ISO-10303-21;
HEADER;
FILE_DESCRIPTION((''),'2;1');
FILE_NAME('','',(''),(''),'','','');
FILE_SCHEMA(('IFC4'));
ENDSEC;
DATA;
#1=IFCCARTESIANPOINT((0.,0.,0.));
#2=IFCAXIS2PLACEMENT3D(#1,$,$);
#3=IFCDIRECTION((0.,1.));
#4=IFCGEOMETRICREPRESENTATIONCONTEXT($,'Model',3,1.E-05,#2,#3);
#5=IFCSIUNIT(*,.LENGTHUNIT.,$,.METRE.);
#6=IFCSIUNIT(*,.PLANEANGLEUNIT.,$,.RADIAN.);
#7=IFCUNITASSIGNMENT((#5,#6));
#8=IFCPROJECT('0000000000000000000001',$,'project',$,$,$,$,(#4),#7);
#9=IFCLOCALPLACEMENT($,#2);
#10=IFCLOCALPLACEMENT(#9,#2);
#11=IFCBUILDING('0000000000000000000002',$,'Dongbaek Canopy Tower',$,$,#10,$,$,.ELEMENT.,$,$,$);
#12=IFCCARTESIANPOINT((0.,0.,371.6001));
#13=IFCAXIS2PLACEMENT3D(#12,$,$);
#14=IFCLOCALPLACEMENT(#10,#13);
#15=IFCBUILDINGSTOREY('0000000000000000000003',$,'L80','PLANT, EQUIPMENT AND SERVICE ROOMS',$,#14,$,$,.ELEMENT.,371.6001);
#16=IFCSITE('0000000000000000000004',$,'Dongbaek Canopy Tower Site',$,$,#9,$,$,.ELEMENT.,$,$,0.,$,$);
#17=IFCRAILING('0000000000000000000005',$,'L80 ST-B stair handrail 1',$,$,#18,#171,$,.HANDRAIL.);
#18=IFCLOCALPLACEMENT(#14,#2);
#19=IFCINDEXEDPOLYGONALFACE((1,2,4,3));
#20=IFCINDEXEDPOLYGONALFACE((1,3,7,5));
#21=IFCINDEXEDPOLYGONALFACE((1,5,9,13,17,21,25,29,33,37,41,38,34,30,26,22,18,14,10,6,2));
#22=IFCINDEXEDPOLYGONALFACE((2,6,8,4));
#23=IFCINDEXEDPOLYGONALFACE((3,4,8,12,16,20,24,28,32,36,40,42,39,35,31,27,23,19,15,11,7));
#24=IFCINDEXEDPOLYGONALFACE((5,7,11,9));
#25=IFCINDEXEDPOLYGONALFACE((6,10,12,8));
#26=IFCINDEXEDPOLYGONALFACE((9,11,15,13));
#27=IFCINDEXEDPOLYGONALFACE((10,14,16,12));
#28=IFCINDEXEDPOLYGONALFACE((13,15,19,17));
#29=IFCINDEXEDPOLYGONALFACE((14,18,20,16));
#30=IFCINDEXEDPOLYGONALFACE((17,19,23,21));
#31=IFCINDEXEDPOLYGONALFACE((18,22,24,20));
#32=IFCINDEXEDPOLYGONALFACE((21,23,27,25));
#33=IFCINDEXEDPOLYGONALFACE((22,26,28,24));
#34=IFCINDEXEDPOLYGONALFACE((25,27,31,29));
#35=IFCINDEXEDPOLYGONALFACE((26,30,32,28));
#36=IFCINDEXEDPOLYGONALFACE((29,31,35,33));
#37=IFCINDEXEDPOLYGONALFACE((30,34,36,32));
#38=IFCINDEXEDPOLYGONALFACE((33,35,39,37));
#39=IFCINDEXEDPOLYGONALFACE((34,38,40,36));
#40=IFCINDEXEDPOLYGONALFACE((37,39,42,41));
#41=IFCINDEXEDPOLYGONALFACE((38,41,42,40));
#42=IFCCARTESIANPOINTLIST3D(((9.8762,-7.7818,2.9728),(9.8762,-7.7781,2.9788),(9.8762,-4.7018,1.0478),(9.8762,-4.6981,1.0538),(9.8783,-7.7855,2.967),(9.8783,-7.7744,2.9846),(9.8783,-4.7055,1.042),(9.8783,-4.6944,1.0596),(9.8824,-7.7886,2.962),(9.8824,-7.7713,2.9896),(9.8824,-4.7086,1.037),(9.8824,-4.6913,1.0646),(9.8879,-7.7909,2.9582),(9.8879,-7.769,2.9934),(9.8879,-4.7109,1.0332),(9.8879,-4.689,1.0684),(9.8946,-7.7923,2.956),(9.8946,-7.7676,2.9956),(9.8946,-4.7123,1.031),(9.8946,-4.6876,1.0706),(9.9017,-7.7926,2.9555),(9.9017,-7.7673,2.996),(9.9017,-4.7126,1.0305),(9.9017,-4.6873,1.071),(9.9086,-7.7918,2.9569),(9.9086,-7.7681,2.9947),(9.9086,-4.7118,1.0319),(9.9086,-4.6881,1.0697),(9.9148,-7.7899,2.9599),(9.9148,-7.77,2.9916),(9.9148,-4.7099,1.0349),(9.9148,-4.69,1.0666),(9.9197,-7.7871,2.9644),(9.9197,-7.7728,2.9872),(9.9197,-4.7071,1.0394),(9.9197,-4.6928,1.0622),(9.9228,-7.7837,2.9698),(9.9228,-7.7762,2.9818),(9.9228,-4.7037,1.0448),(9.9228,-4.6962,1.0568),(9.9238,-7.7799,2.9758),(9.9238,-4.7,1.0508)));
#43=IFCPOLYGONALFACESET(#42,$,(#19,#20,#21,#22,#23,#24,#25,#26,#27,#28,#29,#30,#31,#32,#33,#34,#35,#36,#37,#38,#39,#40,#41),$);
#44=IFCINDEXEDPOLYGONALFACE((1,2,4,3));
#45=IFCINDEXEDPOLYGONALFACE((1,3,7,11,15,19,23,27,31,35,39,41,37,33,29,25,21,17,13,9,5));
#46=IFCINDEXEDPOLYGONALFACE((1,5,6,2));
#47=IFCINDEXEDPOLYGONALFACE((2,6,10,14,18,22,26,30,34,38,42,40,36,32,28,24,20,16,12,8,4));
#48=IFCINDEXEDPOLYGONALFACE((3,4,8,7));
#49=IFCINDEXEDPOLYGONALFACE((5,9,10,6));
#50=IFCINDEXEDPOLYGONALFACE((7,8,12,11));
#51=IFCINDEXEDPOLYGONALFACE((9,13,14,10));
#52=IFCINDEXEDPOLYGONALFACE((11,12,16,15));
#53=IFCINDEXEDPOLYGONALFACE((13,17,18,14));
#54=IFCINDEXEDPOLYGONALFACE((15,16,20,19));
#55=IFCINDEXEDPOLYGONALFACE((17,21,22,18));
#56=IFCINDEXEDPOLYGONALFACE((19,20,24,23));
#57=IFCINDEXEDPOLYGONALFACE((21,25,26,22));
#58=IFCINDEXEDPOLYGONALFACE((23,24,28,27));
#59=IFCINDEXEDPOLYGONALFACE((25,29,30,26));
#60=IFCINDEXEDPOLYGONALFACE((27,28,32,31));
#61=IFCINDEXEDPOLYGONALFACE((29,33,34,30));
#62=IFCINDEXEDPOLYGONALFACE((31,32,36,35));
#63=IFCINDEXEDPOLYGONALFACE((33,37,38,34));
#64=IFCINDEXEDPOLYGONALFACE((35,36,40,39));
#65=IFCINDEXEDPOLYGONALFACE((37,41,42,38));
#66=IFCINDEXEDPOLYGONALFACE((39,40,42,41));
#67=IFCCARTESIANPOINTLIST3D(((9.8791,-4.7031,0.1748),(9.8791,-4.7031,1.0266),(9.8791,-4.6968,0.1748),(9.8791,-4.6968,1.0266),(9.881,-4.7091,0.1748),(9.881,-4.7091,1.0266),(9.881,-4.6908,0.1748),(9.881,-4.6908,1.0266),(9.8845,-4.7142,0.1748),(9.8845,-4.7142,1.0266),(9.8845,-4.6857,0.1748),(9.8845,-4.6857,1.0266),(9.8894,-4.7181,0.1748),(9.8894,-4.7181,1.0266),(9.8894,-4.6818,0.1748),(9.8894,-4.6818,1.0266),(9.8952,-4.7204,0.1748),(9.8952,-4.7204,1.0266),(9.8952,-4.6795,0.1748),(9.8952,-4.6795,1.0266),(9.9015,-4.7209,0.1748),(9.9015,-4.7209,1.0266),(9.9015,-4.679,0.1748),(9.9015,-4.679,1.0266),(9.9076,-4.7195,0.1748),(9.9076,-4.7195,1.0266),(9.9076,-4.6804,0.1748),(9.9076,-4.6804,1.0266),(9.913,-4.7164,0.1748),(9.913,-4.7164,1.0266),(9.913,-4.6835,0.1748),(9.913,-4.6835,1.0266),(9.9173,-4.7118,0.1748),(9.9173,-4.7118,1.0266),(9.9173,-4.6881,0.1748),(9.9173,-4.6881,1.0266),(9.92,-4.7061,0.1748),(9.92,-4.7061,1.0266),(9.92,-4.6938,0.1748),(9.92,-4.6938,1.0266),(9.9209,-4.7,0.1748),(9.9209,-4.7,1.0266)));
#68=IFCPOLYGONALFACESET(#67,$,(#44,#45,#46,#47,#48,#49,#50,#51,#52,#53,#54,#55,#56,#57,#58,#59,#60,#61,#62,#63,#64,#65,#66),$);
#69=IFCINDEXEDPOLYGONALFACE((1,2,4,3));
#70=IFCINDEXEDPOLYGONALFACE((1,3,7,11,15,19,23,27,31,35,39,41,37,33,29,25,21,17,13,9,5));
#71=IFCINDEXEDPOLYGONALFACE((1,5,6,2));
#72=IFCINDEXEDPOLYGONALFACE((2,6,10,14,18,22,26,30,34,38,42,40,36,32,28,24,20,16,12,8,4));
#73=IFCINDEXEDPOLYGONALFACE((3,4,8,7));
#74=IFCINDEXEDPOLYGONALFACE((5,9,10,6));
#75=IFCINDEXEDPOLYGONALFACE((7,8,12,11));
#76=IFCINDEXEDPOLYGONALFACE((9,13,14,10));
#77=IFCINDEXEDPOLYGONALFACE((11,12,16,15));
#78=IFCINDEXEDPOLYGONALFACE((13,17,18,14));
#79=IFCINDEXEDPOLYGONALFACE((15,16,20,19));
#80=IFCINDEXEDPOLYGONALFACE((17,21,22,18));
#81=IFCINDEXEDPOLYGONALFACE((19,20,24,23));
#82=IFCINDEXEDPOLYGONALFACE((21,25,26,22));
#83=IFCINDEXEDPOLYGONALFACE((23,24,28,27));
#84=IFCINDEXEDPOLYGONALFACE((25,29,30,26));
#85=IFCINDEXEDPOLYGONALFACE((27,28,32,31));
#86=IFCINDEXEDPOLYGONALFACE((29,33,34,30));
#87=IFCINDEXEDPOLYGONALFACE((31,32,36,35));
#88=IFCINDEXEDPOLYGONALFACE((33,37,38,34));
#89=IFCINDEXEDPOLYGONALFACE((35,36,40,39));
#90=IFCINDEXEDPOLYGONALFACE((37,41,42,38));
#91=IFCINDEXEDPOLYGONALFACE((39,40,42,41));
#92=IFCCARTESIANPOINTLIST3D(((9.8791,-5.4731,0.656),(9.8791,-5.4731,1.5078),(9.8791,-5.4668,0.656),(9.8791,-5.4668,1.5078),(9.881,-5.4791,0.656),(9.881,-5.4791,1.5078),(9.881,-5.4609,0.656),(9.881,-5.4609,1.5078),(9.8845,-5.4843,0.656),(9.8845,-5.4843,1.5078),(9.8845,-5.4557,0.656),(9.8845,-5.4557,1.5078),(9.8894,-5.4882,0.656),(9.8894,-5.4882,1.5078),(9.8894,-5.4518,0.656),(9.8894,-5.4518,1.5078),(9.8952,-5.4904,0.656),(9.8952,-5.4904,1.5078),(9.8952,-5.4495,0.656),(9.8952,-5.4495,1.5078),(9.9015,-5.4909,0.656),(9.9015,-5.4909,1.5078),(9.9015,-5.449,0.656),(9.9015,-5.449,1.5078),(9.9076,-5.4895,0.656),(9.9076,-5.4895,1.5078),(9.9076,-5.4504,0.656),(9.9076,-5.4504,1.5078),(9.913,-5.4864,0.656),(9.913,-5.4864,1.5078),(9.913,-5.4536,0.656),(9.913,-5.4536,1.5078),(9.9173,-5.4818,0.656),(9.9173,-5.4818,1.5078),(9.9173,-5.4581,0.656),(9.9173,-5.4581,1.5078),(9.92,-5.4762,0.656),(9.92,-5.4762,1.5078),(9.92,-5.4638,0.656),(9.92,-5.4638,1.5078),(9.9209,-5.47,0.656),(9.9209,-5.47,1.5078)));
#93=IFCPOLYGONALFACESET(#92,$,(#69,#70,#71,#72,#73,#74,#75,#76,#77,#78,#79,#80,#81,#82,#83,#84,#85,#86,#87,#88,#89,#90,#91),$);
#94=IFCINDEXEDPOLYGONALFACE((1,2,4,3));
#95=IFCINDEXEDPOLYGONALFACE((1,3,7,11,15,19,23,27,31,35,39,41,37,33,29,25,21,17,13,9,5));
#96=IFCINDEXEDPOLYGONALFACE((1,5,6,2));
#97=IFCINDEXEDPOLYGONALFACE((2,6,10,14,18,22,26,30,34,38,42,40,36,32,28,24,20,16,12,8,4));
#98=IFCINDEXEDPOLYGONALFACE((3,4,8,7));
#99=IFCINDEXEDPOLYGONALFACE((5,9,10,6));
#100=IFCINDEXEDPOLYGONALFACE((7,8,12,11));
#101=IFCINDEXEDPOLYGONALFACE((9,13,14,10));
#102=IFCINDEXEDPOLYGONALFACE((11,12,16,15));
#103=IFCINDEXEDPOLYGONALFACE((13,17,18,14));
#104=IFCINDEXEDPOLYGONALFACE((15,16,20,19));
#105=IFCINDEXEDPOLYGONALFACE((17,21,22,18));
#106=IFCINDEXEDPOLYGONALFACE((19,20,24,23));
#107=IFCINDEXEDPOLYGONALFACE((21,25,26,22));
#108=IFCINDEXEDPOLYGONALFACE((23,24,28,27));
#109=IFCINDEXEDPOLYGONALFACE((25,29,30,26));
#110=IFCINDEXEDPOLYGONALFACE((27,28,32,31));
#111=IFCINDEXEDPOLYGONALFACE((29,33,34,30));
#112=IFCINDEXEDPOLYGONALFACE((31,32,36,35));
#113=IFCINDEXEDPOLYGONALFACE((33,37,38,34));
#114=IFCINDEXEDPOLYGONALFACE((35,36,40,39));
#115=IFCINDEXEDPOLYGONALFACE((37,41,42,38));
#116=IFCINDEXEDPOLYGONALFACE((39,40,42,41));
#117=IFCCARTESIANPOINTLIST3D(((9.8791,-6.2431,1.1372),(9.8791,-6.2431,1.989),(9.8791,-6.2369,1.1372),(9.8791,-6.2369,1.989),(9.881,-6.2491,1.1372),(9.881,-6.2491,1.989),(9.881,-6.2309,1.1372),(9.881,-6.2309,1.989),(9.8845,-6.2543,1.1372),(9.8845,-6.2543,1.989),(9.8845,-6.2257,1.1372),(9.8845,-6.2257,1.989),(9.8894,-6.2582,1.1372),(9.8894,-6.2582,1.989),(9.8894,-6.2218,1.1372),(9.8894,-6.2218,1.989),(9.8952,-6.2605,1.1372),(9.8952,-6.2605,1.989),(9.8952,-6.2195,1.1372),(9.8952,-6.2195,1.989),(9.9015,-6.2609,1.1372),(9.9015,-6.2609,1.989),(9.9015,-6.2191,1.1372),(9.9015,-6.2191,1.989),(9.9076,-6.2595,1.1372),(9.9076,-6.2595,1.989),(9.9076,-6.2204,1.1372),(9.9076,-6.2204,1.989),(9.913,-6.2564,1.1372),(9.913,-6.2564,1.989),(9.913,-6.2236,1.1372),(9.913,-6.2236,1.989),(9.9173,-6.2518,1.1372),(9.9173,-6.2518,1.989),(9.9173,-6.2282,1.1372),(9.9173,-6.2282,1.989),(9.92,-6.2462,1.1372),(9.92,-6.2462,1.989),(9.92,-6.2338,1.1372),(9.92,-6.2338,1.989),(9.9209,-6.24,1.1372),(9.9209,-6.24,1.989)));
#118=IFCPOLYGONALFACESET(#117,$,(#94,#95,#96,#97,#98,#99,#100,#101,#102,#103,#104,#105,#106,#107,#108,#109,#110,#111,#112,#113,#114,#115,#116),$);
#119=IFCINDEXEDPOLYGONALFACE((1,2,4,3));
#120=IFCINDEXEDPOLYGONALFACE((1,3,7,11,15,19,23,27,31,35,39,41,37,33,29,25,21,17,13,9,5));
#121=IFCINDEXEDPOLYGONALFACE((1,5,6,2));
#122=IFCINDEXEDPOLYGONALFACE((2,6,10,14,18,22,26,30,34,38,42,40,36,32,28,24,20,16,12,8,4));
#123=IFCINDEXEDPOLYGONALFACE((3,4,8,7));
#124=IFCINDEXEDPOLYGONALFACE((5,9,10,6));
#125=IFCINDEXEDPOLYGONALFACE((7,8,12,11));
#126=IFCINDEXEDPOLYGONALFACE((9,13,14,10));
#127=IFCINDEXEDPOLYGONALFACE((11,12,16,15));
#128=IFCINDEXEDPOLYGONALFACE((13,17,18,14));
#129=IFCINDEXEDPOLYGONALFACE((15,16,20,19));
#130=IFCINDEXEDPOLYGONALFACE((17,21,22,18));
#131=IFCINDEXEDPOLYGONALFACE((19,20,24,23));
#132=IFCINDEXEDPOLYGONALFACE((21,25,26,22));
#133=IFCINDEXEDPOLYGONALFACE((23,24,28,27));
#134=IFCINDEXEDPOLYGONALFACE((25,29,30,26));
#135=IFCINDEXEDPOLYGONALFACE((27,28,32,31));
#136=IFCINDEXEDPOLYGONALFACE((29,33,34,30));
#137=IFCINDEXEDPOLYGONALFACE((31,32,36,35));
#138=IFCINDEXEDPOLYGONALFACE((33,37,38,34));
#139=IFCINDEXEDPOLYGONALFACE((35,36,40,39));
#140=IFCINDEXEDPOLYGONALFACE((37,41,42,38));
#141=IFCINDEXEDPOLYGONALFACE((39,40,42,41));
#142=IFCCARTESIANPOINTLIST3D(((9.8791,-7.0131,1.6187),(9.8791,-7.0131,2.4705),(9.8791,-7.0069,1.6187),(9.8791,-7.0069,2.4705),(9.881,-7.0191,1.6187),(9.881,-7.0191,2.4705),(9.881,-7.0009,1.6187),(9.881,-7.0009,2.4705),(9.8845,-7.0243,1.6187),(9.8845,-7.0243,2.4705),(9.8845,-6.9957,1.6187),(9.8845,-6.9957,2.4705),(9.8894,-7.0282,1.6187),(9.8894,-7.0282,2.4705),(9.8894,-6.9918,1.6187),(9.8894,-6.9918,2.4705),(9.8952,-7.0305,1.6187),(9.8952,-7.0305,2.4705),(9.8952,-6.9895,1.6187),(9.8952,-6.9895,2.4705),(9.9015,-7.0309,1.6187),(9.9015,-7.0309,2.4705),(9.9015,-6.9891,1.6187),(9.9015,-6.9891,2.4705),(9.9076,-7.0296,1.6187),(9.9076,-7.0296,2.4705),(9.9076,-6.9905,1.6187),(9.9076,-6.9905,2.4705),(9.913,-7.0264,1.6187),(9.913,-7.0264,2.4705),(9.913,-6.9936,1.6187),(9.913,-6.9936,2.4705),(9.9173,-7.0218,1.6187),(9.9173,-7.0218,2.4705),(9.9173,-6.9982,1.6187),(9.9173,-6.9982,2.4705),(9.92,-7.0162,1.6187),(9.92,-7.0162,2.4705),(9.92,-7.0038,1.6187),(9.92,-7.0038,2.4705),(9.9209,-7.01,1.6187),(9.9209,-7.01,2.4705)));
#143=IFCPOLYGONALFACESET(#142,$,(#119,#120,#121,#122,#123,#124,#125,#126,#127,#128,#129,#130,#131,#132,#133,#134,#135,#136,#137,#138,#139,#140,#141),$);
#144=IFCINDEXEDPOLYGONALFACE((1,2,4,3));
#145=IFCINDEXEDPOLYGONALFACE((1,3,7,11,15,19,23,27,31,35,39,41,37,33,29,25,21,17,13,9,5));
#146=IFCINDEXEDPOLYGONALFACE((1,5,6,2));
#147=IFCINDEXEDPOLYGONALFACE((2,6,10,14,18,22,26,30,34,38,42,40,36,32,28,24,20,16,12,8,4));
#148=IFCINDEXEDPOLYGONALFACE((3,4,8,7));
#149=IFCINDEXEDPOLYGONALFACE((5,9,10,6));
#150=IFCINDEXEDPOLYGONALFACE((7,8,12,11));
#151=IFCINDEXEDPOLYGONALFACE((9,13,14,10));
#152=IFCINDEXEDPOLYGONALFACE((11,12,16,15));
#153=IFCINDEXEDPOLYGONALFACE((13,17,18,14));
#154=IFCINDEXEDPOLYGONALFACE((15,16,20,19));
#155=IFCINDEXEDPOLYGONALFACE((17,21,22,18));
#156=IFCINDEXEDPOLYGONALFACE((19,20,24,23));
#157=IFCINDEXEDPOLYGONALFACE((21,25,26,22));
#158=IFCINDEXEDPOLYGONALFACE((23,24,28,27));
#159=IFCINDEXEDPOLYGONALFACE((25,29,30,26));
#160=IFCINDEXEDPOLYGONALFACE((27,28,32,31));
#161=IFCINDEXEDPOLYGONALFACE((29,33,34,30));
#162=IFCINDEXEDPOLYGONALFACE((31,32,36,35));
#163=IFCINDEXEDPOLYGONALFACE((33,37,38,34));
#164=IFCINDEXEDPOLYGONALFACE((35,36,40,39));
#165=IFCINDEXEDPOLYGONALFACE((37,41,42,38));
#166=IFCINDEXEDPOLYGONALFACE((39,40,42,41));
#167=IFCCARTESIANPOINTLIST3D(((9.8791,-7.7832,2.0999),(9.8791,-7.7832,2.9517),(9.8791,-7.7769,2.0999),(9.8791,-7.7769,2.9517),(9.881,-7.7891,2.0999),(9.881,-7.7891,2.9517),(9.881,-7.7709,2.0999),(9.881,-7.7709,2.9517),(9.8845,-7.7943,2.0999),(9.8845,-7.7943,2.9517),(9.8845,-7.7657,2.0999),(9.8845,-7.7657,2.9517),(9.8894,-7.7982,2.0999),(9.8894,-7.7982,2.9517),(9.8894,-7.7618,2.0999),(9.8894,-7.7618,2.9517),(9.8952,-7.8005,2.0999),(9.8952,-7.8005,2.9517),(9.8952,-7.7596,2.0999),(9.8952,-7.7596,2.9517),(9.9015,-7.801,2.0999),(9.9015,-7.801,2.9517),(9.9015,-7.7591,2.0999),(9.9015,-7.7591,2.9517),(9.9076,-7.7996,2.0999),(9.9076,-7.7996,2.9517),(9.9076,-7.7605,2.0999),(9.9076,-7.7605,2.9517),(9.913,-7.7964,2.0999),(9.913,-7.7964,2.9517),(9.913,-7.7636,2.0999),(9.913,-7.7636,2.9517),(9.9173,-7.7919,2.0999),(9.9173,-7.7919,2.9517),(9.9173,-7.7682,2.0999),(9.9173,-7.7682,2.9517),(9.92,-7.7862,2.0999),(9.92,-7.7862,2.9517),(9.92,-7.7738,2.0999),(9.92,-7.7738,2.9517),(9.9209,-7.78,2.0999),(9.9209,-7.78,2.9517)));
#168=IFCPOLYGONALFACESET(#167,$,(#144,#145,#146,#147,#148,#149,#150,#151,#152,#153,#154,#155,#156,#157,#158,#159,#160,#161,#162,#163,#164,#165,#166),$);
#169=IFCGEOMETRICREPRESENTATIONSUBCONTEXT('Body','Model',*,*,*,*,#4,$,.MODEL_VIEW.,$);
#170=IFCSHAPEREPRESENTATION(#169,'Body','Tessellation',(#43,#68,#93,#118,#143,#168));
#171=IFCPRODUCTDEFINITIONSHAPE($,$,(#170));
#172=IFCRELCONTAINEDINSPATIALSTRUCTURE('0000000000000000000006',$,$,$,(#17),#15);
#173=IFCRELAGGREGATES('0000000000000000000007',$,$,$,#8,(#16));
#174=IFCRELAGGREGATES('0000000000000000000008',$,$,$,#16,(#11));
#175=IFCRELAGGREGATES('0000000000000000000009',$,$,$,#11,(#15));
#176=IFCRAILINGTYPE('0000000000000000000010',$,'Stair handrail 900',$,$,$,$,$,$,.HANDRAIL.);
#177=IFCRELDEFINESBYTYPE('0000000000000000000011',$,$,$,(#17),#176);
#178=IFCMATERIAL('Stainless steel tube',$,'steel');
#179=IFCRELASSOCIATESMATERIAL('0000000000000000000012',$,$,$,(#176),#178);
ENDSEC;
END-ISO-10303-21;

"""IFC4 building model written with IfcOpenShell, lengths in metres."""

from ifc_helpers import new_model, si_unit, direction, frame, origin, origin_2d, place, context, subcontext, project, spatial, circle, extrude, material, type_object, element, save


model = new_model("IFC4")

# Units and contexts
model_context = context("Model", 3, precision=1e-05, world=origin(), true_north=direction((0.0, 1.0)))
body_context = subcontext(model_context, "Body", "Model", "MODEL_VIEW")
ifc_project = project(units=[si_unit("LENGTHUNIT", "METRE"), si_unit("PLANEANGLEUNIT", "RADIAN")], contexts=[model_context])

# Site, building, storey
site_placement = place(None, origin())
site = spatial("IfcSite", under=ifc_project, at=site_placement, Name="Dongbaek Canopy Tower Site", CompositionType="ELEMENT", RefElevation=0.0)
building_placement = place(site_placement, origin())
building = spatial("IfcBuilding", under=site, at=building_placement, Name="Dongbaek Canopy Tower", CompositionType="ELEMENT")
storey_placement = place(building_placement, frame((0.0, 0.0, 371.6001)))
storey = spatial("IfcBuildingStorey", under=building, at=storey_placement, Name="L80", Description="PLANT, EQUIPMENT AND SERVICE ROOMS", CompositionType="ELEMENT", Elevation=371.6001)

# Railing
ifc_material_1 = material(Name="Stainless steel tube", Category="steel")
railing_type_1 = type_object("IfcRailingType", Name="Stair handrail 900", PredefinedType="HANDRAIL", material=ifc_material_1)
railing_1_placement = place(storey_placement, frame((9.8999, -4.7, 0.1748)))
element("IfcRailing", 1, at=railing_1_placement, inside=storey, type_object=railing_type_1, Name="L80 ST-B stair handrail 1", PredefinedType="HANDRAIL", context=body_context, shape_type="SweptSolid", body=[
    extrude(circle(Radius=0.0239, at=origin_2d()), frame((0.0, 0.0, 0.876), z_axis=(0.0, -0.847998, 0.529999), x_axis=(1.0, 0.0, 0.0)), (0.0, 0.0, 1.0), 3.6321),
    extrude(circle(Radius=0.021, at=origin_2d()), origin(), (0.0, 0.0, 1.0), 0.8518),
    extrude(circle(Radius=0.021, at=origin_2d()), frame((0.0, -0.77, 0.4812)), (0.0, 0.0, 1.0), 0.8518),
    extrude(circle(Radius=0.021, at=origin_2d()), frame((0.0, -1.54, 0.9624)), (0.0, 0.0, 1.0), 0.8518),
    extrude(circle(Radius=0.021, at=origin_2d()), frame((0.0, -2.3101, 1.4438)), (0.0, 0.0, 1.0), 0.8518),
    extrude(circle(Radius=0.021, at=origin_2d()), frame((0.0, -3.0801, 1.925)), (0.0, 0.0, 1.0), 0.8518),
])

save(model, "model.ifc")
